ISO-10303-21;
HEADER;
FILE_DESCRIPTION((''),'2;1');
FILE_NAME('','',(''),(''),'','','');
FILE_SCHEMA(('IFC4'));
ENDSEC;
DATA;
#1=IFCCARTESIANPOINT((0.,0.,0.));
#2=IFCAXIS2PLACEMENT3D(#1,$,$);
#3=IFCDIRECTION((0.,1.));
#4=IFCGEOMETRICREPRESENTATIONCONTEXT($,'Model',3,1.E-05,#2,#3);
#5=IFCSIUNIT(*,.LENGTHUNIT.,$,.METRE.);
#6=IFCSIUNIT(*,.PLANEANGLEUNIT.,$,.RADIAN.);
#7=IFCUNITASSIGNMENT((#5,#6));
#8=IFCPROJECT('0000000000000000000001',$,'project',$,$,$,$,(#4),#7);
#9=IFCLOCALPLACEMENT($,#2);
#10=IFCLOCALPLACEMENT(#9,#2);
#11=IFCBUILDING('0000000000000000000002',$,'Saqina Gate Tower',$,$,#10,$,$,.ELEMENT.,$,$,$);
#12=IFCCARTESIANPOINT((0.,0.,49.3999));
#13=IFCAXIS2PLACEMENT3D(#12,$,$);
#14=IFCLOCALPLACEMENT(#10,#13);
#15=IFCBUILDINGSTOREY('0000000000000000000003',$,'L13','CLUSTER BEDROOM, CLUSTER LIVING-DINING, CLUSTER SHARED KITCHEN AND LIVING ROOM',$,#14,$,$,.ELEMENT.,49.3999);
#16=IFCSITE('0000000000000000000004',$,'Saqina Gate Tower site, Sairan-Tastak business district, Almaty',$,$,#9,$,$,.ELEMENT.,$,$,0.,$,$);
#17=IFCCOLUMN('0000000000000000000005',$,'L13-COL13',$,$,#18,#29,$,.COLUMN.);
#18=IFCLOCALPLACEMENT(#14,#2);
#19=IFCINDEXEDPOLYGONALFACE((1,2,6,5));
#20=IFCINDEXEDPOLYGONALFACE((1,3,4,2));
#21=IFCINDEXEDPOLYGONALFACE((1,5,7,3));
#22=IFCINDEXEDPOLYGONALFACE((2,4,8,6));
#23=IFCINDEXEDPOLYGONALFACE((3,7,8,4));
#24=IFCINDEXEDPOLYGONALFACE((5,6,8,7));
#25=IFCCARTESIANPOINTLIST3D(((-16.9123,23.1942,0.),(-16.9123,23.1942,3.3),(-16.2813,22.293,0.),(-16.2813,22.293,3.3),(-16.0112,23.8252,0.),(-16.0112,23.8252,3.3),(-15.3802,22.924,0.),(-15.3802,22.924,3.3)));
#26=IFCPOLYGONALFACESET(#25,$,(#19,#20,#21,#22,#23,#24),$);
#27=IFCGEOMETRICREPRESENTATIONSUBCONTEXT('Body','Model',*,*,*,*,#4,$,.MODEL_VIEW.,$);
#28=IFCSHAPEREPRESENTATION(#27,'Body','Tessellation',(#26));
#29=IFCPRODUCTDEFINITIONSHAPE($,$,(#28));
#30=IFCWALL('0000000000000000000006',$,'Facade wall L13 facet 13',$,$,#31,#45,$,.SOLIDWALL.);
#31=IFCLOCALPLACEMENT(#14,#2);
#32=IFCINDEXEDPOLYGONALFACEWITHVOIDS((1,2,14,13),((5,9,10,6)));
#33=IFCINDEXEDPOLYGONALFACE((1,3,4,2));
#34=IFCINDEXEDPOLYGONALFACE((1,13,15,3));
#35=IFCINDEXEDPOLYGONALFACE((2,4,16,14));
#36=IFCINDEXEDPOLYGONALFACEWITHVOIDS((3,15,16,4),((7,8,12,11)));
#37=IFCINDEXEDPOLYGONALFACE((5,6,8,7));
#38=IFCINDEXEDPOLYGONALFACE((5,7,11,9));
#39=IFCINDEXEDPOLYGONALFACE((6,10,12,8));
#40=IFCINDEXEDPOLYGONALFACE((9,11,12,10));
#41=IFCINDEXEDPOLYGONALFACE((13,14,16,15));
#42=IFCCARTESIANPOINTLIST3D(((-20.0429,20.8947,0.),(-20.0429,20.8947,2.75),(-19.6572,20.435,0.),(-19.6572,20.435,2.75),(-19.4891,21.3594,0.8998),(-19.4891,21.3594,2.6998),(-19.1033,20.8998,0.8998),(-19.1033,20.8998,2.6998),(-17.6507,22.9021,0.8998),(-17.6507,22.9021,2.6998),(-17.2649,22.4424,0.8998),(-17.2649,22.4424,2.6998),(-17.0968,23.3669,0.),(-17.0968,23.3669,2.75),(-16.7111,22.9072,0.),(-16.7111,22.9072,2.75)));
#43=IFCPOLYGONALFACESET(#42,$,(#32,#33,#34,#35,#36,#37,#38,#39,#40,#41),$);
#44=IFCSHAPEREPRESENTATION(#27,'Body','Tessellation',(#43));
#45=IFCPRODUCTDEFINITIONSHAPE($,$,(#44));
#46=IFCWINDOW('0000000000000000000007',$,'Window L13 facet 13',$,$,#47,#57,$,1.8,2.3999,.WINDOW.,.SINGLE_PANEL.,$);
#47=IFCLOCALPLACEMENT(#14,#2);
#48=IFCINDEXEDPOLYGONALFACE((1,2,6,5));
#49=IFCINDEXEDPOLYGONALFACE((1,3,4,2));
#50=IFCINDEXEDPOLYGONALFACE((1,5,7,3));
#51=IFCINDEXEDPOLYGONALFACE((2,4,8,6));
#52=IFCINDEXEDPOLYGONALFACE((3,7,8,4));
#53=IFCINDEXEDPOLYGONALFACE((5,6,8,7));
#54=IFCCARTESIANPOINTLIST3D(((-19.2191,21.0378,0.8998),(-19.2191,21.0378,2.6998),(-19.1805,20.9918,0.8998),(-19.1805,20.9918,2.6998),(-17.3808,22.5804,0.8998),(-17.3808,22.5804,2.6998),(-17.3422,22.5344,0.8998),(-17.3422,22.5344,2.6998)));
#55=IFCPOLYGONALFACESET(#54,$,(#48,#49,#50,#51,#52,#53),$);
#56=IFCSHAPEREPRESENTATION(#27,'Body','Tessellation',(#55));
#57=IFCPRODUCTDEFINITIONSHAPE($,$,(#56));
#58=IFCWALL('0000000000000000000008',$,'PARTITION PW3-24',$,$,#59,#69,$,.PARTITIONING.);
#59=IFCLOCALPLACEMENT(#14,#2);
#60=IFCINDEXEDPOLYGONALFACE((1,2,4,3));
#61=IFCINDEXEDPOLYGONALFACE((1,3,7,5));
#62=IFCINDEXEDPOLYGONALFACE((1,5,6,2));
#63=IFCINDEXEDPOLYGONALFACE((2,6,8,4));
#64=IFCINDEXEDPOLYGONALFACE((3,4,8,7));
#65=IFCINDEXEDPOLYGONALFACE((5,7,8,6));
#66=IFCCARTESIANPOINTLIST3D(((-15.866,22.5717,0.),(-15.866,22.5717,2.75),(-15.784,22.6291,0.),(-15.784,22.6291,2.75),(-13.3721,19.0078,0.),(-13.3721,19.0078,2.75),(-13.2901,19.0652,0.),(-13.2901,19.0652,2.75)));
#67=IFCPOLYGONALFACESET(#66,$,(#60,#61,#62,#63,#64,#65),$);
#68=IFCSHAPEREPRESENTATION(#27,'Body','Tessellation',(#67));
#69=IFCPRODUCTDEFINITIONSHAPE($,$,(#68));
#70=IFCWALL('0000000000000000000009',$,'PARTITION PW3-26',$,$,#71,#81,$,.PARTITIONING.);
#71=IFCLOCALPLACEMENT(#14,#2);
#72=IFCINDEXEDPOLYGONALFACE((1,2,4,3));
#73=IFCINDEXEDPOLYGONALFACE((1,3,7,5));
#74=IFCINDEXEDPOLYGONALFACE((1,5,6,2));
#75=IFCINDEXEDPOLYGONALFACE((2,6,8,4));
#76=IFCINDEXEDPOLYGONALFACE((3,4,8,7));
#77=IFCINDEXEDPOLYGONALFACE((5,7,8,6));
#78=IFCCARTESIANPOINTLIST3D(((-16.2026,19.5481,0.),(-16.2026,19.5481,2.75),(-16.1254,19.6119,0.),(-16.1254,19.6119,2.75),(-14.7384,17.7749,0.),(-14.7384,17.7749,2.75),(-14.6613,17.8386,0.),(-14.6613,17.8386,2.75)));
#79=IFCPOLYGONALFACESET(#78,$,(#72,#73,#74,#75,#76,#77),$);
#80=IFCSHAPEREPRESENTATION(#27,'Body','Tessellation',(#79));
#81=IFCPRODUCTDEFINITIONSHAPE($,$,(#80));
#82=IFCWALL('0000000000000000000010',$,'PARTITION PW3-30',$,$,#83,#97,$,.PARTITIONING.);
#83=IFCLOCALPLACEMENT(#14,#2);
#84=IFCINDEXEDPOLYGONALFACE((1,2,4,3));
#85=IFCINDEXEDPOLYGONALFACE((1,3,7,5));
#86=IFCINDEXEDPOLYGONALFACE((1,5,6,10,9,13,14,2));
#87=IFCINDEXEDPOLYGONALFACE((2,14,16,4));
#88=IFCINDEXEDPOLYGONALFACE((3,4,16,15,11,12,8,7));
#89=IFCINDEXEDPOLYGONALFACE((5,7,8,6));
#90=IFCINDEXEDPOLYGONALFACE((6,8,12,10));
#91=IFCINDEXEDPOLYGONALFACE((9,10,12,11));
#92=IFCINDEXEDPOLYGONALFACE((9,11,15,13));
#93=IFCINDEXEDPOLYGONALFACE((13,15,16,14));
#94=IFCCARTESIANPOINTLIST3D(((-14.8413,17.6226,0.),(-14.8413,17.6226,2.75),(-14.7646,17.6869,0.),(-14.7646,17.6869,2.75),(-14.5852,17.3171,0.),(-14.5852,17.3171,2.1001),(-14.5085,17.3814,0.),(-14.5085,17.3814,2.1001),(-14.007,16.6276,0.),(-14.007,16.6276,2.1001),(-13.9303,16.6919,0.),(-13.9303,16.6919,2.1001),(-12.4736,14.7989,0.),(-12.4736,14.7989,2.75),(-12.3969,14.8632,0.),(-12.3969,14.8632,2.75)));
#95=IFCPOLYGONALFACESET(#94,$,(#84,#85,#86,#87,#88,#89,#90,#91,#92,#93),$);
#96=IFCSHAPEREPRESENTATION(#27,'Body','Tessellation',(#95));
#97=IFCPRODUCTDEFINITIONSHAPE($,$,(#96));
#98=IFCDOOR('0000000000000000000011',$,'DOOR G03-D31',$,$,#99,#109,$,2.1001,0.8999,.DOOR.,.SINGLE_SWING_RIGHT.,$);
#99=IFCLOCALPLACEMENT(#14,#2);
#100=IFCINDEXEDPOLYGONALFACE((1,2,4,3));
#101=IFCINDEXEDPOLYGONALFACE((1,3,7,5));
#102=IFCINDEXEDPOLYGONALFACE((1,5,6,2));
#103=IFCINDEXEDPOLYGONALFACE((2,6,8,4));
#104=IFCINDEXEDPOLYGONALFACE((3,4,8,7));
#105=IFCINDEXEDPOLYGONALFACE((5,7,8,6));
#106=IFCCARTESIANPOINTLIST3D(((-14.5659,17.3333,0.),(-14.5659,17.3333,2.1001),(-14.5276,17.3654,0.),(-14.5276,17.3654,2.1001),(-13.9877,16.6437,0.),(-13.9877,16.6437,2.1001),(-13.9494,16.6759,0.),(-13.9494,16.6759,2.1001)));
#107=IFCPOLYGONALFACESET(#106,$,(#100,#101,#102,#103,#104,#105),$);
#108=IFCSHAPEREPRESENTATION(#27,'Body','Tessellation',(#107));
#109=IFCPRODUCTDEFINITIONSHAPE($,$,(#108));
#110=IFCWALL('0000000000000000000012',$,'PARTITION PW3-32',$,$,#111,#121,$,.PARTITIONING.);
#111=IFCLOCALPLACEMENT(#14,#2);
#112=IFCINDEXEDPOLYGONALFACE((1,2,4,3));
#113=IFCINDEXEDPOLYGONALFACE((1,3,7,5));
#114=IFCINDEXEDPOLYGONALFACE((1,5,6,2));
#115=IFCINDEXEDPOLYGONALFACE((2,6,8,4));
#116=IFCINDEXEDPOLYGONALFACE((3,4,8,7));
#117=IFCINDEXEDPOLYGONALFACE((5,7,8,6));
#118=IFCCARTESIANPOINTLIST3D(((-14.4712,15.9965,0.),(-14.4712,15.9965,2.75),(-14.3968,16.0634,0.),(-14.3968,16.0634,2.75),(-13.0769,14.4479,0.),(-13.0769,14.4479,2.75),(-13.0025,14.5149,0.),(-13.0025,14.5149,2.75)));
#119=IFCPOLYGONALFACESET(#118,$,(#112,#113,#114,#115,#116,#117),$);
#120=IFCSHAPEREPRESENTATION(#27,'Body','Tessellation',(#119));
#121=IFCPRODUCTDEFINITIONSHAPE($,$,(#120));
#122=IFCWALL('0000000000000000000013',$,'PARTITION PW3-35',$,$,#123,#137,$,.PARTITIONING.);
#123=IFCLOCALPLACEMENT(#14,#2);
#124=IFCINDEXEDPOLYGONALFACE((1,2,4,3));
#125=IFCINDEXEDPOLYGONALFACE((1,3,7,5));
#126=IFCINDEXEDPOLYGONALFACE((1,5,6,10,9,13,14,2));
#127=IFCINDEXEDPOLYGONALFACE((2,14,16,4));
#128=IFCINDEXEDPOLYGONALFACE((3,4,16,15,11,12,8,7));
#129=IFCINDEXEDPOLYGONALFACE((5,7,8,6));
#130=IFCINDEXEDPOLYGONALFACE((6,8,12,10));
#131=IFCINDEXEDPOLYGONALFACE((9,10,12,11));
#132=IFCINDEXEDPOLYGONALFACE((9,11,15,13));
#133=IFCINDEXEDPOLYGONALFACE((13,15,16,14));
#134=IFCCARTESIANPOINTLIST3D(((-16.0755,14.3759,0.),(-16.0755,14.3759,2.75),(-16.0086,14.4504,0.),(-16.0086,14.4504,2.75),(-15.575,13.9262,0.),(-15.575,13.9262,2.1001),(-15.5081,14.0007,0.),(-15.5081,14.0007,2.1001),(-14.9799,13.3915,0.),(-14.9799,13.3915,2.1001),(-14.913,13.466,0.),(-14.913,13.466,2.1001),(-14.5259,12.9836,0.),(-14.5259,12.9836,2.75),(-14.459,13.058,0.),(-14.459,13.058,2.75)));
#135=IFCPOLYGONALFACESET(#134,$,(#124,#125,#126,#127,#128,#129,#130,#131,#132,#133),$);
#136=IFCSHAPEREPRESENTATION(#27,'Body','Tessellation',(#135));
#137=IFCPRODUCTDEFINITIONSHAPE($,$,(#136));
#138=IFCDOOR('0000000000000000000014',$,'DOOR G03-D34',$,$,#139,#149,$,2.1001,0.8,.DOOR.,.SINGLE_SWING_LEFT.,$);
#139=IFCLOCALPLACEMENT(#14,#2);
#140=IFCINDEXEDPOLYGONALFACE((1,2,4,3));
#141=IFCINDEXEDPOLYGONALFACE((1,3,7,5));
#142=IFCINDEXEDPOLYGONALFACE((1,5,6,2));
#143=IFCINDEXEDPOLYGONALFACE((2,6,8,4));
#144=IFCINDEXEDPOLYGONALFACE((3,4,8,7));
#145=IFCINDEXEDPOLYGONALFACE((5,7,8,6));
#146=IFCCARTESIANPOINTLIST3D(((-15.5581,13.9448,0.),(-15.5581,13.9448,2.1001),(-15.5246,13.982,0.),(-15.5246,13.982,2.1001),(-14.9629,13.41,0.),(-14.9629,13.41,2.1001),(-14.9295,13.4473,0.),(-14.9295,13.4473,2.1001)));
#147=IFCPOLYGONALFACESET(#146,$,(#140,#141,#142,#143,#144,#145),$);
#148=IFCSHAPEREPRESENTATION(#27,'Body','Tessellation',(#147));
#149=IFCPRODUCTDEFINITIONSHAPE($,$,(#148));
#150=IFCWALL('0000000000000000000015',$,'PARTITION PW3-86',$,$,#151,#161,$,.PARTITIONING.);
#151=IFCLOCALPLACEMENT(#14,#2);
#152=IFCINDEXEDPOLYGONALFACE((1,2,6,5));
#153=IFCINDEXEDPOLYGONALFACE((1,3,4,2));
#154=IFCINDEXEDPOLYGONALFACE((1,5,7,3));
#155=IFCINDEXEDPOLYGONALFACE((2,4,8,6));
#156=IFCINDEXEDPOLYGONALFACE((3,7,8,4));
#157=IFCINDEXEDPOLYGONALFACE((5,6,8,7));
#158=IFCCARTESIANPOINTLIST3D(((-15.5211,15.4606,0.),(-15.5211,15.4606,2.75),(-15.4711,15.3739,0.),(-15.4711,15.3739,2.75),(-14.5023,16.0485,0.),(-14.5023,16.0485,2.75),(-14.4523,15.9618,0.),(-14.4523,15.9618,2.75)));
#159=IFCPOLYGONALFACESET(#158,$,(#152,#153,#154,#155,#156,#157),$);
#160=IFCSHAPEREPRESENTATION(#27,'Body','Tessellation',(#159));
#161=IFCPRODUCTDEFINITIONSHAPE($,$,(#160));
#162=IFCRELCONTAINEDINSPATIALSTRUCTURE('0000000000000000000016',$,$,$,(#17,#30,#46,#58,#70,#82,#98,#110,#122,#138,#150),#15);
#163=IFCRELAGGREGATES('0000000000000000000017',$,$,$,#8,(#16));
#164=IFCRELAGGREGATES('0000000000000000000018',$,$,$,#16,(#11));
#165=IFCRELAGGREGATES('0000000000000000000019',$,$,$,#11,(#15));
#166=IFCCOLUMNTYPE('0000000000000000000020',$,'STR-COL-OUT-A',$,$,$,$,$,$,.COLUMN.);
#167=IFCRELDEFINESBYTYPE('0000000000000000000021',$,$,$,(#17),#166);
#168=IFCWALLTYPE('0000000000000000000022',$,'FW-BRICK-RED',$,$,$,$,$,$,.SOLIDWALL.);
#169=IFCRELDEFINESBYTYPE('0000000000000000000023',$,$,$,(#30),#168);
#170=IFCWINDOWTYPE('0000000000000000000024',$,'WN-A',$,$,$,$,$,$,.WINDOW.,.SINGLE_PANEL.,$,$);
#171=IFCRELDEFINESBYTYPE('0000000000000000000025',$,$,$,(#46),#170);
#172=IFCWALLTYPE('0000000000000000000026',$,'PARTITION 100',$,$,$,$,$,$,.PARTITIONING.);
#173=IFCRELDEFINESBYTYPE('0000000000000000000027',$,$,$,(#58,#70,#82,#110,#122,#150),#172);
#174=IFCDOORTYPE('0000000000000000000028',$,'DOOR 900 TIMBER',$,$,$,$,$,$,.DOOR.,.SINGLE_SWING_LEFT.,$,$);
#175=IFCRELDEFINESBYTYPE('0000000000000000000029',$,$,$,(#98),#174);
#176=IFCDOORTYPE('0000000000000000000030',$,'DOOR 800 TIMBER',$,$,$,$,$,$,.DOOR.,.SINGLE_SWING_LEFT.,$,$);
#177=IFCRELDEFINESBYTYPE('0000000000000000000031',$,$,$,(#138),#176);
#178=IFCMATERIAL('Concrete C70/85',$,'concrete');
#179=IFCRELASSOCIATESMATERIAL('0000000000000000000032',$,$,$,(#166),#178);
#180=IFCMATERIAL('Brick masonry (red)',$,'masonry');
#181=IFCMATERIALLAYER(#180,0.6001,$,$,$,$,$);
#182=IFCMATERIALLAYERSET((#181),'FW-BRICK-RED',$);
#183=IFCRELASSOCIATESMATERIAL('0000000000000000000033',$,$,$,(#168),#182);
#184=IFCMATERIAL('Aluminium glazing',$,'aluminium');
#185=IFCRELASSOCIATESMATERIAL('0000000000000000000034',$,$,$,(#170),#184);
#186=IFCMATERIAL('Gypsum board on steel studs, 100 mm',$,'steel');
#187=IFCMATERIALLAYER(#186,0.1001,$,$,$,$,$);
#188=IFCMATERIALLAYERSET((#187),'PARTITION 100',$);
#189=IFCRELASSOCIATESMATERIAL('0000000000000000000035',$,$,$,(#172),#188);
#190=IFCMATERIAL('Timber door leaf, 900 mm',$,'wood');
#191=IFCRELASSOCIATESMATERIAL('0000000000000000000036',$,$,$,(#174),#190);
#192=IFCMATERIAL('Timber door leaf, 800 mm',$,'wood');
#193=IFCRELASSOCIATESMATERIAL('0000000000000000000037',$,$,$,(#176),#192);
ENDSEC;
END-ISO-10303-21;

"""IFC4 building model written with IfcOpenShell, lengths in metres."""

from ifc_helpers import new_model, si_unit, direction, frame, frame_2d, origin, origin_2d, place, context, subcontext, project, spatial, rectangle, extrude, material, layer, layer_set, material_profile, profile_set, type_object, element, fill, save


model = new_model("IFC4")

# Units and contexts
model_context = context("Model", 3, precision=1e-05, world=origin(), true_north=direction((0.0, 1.0)))
body_context = subcontext(model_context, "Body", "Model", "MODEL_VIEW")
ifc_project = project(units=[si_unit("LENGTHUNIT", "METRE"), si_unit("PLANEANGLEUNIT", "RADIAN")], contexts=[model_context])

# Site, building, storey
site_placement = place(None, origin())
site = spatial("IfcSite", under=ifc_project, at=site_placement, Name="Saqina Gate Tower site, Sairan-Tastak business district, Almaty", CompositionType="ELEMENT", RefElevation=0.0)
building_placement = place(site_placement, origin())
building = spatial("IfcBuilding", under=site, at=building_placement, Name="Saqina Gate Tower", CompositionType="ELEMENT")
storey_placement = place(building_placement, frame((0.0, 0.0, 49.3999)))
storey = spatial("IfcBuildingStorey", under=building, at=storey_placement, Name="L13", Description="CLUSTER BEDROOM, CLUSTER LIVING-DINING, CLUSTER SHARED KITCHEN AND LIVING ROOM", CompositionType="ELEMENT", Elevation=49.3999)

# Column
ifc_material_1 = material(Name="Concrete C70/85", Category="concrete")
ifc_material_profile = material_profile(ifc_material_1, rectangle(XDim=1.1001, YDim=1.1001, at=origin_2d()), Name="RC 1100x1100")
ifc_profile_set = profile_set([ifc_material_profile], Name="Concrete C70/85")
column_type = type_object("IfcColumnType", Name="STR-COL-OUT-A", PredefinedType="COLUMN", material=ifc_profile_set)
column_placement = place(storey_placement, frame((-16.1462, 23.0591, 0.0), z_axis=(0.0, 0.0, 1.0), x_axis=(-0.573576, 0.819152, 0.0)))
element("IfcColumn", 1, at=column_placement, inside=storey, type_object=column_type, Name="L13-COL13", PredefinedType="COLUMN", context=body_context, shape_type="SweptSolid", body=[
    extrude(rectangle(XDim=1.1001, YDim=1.1001, at=origin_2d()), origin(), (0.0, 0.0, 1.0), 3.3),
])

# Wall, opening, window
ifc_material_2 = material(Name="Brick masonry (red)", Category="masonry")
ifc_layer_1 = layer(ifc_material_2, 0.6001)
ifc_layer_set_1 = layer_set([ifc_layer_1], Name="FW-BRICK-RED")
wall_type_1 = type_object("IfcWallType", Name="FW-BRICK-RED", PredefinedType="SOLIDWALL", material=ifc_layer_set_1)
wall_1_placement = place(storey_placement, frame((-16.9041, 23.137, 0.0), z_axis=(0.0, 0.0, 1.0), x_axis=(-0.766026, -0.642809, 0.0)))
wall_1 = element("IfcWall", 2, at=wall_1_placement, inside=storey, type_object=wall_type_1, Name="Facade wall L13 facet 13", PredefinedType="SOLIDWALL", context=body_context, shape_type="SweptSolid", body=[
    extrude(rectangle(XDim=3.8459, YDim=0.6001, at=frame_2d((1.9229, 0.0))), origin(), (0.0, 0.0, 1.0), 2.75),
])
opening_1_placement = place(wall_1_placement, frame((0.7229, 0.0, 0.8999)))
opening_1 = element("IfcOpeningElement", 3, at=opening_1_placement, cuts=wall_1, PredefinedType="OPENING", context=body_context, shape_type="SweptSolid", body=[
    extrude(rectangle(XDim=2.3999, YDim=1.8, at=frame_2d((1.2, 0.8999))), frame((0.0, 0.312, 0.0), z_axis=(0.0, -1.0, 0.0), x_axis=(1.0, 0.0, 0.0)), (0.0, 0.0, 1.0), 0.624),
])
ifc_material_3 = material(Name="Aluminium glazing", Category="aluminium")
window_type = type_object("IfcWindowType", Name="WN-A", PartitioningType="SINGLE_PANEL", PredefinedType="WINDOW", material=ifc_material_3)
window_placement = place(opening_1_placement, origin())
window = element("IfcWindow", 4, at=window_placement, inside=storey, type_object=window_type, Name="Window L13 facet 13", OverallHeight=1.8, OverallWidth=2.3999, PartitioningType="SINGLE_PANEL", PredefinedType="WINDOW", context=body_context, shape_type="SweptSolid", body=[
    extrude(rectangle(XDim=2.3999, YDim=1.8, at=frame_2d((1.2, 0.8999))), frame((0.0, 0.1799, 0.0), z_axis=(0.0, -1.0, 0.0), x_axis=(1.0, 0.0, 0.0)), (0.0, 0.0, 1.0), 0.0601),
])
fill(opening_1, window)

# Walls
ifc_material_4 = material(Name="Gypsum board on steel studs, 100 mm", Category="steel")
ifc_layer_2 = layer(ifc_material_4, 0.1001)
ifc_layer_set_2 = layer_set([ifc_layer_2], Name="PARTITION 100")
wall_type_2 = type_object("IfcWallType", Name="PARTITION 100", PredefinedType="PARTITIONING", material=ifc_layer_set_2)
wall_2_placement = place(storey_placement, frame((-15.825, 22.6003, 0.0), z_axis=(0.0, 0.0, 1.0), x_axis=(0.573327, -0.819327, 0.0)))
element("IfcWall", 5, at=wall_2_placement, inside=storey, type_object=wall_type_2, Name="PARTITION PW3-24", PredefinedType="PARTITIONING", context=body_context, shape_type="SweptSolid", body=[
    extrude(rectangle(XDim=4.3499, YDim=0.1001, at=frame_2d((2.1748, 0.0))), origin(), (0.0, 0.0, 1.0), 2.75),
])
wall_3_placement = place(storey_placement, frame((-16.1641, 19.5801, 0.0), z_axis=(0.0, 0.0, 1.0), x_axis=(0.6367, -0.771111, 0.0)))
element("IfcWall", 6, at=wall_3_placement, inside=storey, type_object=wall_type_2, Name="PARTITION PW3-26", PredefinedType="PARTITIONING", context=body_context, shape_type="SweptSolid", body=[
    extrude(rectangle(XDim=2.2996, YDim=0.1001, at=frame_2d((1.1499, 0.0))), origin(), (0.0, 0.0, 1.0), 2.75),
])

# Wall, opening, door
wall_4_placement = place(storey_placement, frame((-14.803, 17.6548, 0.0), z_axis=(0.0, 0.0, 1.0), x_axis=(0.642514, -0.766274, 0.0)))
wall_4 = element("IfcWall", 7, at=wall_4_placement, inside=storey, type_object=wall_type_2, Name="PARTITION PW3-30", PredefinedType="PARTITIONING", context=body_context, shape_type="SweptSolid", body=[
    extrude(rectangle(XDim=3.6851, YDim=0.1001, at=frame_2d((1.8425, 0.0))), origin(), (0.0, 0.0, 1.0), 2.75),
])
opening_2_placement = place(wall_4_placement, frame((0.3987, 0.0, 0.0)))
opening_2 = element("IfcOpeningElement", 8, at=opening_2_placement, cuts=wall_4, PredefinedType="OPENING", context=body_context, shape_type="SweptSolid", body=[
    extrude(rectangle(XDim=0.8999, YDim=2.1001, at=frame_2d((0.45, 1.05))), frame((0.0, 0.062, 0.0), z_axis=(0.0, -1.0, 0.0), x_axis=(1.0, 0.0, 0.0)), (0.0, 0.0, 1.0), 0.124),
])
ifc_material_5 = material(Name="Timber door leaf, 900 mm", Category="wood")
door_type_1 = type_object("IfcDoorType", Name="DOOR 900 TIMBER", OperationType="SINGLE_SWING_LEFT", PredefinedType="DOOR", material=ifc_material_5)
door_1_placement = place(opening_2_placement, frame((0.8999, 0.0, 0.0), z_axis=(0.0, 0.0, 1.0), x_axis=(-1.0, 0.0, 0.0)))
door_1 = element("IfcDoor", 9, at=door_1_placement, inside=storey, type_object=door_type_1, Name="DOOR G03-D31", OperationType="SINGLE_SWING_RIGHT", OverallHeight=2.1001, OverallWidth=0.8999, PredefinedType="DOOR", context=body_context, shape_type="SweptSolid", body=[
    extrude(rectangle(XDim=0.8999, YDim=2.1001, at=frame_2d((0.45, 1.05))), frame((0.0, 0.0249, 0.0), z_axis=(0.0, -1.0, 0.0), x_axis=(1.0, 0.0, 0.0)), (0.0, 0.0, 1.0), 0.05),
])
fill(opening_2, door_1)

# Wall
wall_5_placement = place(storey_placement, frame((-14.4341, 16.03, 0.0), z_axis=(0.0, 0.0, 1.0), x_axis=(0.669114, -0.74316, 0.0)))
element("IfcWall", 10, at=wall_5_placement, inside=storey, type_object=wall_type_2, Name="PARTITION PW3-32", PredefinedType="PARTITIONING", context=body_context, shape_type="SweptSolid", body=[
    extrude(rectangle(XDim=2.0837, YDim=0.1001, at=frame_2d((1.042, 0.0))), origin(), (0.0, 0.0, 1.0), 2.75),
])

# Wall, opening, door
wall_6_placement = place(storey_placement, frame((-16.042, 14.4131, 0.0), z_axis=(0.0, 0.0, 1.0), x_axis=(0.743836, -0.668362, 0.0)))
wall_6 = element("IfcWall", 11, at=wall_6_placement, inside=storey, type_object=wall_type_2, Name="PARTITION PW3-35", PredefinedType="PARTITIONING", context=body_context, shape_type="SweptSolid", body=[
    extrude(rectangle(XDim=2.0833, YDim=0.1001, at=frame_2d((1.0415, 0.0))), origin(), (0.0, 0.0, 1.0), 2.75),
])
opening_3_placement = place(wall_6_placement, frame((0.6729, 0.0, 0.0)))
opening_3 = element("IfcOpeningElement", 12, at=opening_3_placement, cuts=wall_6, PredefinedType="OPENING", context=body_context, shape_type="SweptSolid", body=[
    extrude(rectangle(XDim=0.8, YDim=2.1001, at=frame_2d((0.3999, 1.05))), frame((0.0, 0.062, 0.0), z_axis=(0.0, -1.0, 0.0), x_axis=(1.0, 0.0, 0.0)), (0.0, 0.0, 1.0), 0.124),
])
ifc_material_6 = material(Name="Timber door leaf, 800 mm", Category="wood")
door_type_2 = type_object("IfcDoorType", Name="DOOR 800 TIMBER", OperationType="SINGLE_SWING_LEFT", PredefinedType="DOOR", material=ifc_material_6)
door_2_placement = place(opening_3_placement, frame((0.8, 0.0, 0.0), z_axis=(0.0, 0.0, 1.0), x_axis=(-1.0, 0.0, 0.0)))
door_2 = element("IfcDoor", 13, at=door_2_placement, inside=storey, type_object=door_type_2, Name="DOOR G03-D34", OperationType="SINGLE_SWING_LEFT", OverallHeight=2.1001, OverallWidth=0.8, PredefinedType="DOOR", context=body_context, shape_type="SweptSolid", body=[
    extrude(rectangle(XDim=0.8, YDim=2.1001, at=frame_2d((0.3999, 1.05))), frame((0.0, 0.0249, 0.0), z_axis=(0.0, -1.0, 0.0), x_axis=(1.0, 0.0, 0.0)), (0.0, 0.0, 1.0), 0.05),
])
fill(opening_3, door_2)

# Wall
wall_7_placement = place(storey_placement, frame((-15.4961, 15.4172, 0.0), z_axis=(0.0, 0.0, 1.0), x_axis=(0.866141, 0.4998, 0.0)))
element("IfcWall", 14, at=wall_7_placement, inside=storey, type_object=wall_type_2, Name="PARTITION PW3-86", PredefinedType="PARTITIONING", context=body_context, shape_type="SweptSolid", body=[
    extrude(rectangle(XDim=1.1763, YDim=0.1001, at=frame_2d((0.5881, 0.0))), origin(), (0.0, 0.0, 1.0), 2.75),
])

save(model, "model.ifc")
